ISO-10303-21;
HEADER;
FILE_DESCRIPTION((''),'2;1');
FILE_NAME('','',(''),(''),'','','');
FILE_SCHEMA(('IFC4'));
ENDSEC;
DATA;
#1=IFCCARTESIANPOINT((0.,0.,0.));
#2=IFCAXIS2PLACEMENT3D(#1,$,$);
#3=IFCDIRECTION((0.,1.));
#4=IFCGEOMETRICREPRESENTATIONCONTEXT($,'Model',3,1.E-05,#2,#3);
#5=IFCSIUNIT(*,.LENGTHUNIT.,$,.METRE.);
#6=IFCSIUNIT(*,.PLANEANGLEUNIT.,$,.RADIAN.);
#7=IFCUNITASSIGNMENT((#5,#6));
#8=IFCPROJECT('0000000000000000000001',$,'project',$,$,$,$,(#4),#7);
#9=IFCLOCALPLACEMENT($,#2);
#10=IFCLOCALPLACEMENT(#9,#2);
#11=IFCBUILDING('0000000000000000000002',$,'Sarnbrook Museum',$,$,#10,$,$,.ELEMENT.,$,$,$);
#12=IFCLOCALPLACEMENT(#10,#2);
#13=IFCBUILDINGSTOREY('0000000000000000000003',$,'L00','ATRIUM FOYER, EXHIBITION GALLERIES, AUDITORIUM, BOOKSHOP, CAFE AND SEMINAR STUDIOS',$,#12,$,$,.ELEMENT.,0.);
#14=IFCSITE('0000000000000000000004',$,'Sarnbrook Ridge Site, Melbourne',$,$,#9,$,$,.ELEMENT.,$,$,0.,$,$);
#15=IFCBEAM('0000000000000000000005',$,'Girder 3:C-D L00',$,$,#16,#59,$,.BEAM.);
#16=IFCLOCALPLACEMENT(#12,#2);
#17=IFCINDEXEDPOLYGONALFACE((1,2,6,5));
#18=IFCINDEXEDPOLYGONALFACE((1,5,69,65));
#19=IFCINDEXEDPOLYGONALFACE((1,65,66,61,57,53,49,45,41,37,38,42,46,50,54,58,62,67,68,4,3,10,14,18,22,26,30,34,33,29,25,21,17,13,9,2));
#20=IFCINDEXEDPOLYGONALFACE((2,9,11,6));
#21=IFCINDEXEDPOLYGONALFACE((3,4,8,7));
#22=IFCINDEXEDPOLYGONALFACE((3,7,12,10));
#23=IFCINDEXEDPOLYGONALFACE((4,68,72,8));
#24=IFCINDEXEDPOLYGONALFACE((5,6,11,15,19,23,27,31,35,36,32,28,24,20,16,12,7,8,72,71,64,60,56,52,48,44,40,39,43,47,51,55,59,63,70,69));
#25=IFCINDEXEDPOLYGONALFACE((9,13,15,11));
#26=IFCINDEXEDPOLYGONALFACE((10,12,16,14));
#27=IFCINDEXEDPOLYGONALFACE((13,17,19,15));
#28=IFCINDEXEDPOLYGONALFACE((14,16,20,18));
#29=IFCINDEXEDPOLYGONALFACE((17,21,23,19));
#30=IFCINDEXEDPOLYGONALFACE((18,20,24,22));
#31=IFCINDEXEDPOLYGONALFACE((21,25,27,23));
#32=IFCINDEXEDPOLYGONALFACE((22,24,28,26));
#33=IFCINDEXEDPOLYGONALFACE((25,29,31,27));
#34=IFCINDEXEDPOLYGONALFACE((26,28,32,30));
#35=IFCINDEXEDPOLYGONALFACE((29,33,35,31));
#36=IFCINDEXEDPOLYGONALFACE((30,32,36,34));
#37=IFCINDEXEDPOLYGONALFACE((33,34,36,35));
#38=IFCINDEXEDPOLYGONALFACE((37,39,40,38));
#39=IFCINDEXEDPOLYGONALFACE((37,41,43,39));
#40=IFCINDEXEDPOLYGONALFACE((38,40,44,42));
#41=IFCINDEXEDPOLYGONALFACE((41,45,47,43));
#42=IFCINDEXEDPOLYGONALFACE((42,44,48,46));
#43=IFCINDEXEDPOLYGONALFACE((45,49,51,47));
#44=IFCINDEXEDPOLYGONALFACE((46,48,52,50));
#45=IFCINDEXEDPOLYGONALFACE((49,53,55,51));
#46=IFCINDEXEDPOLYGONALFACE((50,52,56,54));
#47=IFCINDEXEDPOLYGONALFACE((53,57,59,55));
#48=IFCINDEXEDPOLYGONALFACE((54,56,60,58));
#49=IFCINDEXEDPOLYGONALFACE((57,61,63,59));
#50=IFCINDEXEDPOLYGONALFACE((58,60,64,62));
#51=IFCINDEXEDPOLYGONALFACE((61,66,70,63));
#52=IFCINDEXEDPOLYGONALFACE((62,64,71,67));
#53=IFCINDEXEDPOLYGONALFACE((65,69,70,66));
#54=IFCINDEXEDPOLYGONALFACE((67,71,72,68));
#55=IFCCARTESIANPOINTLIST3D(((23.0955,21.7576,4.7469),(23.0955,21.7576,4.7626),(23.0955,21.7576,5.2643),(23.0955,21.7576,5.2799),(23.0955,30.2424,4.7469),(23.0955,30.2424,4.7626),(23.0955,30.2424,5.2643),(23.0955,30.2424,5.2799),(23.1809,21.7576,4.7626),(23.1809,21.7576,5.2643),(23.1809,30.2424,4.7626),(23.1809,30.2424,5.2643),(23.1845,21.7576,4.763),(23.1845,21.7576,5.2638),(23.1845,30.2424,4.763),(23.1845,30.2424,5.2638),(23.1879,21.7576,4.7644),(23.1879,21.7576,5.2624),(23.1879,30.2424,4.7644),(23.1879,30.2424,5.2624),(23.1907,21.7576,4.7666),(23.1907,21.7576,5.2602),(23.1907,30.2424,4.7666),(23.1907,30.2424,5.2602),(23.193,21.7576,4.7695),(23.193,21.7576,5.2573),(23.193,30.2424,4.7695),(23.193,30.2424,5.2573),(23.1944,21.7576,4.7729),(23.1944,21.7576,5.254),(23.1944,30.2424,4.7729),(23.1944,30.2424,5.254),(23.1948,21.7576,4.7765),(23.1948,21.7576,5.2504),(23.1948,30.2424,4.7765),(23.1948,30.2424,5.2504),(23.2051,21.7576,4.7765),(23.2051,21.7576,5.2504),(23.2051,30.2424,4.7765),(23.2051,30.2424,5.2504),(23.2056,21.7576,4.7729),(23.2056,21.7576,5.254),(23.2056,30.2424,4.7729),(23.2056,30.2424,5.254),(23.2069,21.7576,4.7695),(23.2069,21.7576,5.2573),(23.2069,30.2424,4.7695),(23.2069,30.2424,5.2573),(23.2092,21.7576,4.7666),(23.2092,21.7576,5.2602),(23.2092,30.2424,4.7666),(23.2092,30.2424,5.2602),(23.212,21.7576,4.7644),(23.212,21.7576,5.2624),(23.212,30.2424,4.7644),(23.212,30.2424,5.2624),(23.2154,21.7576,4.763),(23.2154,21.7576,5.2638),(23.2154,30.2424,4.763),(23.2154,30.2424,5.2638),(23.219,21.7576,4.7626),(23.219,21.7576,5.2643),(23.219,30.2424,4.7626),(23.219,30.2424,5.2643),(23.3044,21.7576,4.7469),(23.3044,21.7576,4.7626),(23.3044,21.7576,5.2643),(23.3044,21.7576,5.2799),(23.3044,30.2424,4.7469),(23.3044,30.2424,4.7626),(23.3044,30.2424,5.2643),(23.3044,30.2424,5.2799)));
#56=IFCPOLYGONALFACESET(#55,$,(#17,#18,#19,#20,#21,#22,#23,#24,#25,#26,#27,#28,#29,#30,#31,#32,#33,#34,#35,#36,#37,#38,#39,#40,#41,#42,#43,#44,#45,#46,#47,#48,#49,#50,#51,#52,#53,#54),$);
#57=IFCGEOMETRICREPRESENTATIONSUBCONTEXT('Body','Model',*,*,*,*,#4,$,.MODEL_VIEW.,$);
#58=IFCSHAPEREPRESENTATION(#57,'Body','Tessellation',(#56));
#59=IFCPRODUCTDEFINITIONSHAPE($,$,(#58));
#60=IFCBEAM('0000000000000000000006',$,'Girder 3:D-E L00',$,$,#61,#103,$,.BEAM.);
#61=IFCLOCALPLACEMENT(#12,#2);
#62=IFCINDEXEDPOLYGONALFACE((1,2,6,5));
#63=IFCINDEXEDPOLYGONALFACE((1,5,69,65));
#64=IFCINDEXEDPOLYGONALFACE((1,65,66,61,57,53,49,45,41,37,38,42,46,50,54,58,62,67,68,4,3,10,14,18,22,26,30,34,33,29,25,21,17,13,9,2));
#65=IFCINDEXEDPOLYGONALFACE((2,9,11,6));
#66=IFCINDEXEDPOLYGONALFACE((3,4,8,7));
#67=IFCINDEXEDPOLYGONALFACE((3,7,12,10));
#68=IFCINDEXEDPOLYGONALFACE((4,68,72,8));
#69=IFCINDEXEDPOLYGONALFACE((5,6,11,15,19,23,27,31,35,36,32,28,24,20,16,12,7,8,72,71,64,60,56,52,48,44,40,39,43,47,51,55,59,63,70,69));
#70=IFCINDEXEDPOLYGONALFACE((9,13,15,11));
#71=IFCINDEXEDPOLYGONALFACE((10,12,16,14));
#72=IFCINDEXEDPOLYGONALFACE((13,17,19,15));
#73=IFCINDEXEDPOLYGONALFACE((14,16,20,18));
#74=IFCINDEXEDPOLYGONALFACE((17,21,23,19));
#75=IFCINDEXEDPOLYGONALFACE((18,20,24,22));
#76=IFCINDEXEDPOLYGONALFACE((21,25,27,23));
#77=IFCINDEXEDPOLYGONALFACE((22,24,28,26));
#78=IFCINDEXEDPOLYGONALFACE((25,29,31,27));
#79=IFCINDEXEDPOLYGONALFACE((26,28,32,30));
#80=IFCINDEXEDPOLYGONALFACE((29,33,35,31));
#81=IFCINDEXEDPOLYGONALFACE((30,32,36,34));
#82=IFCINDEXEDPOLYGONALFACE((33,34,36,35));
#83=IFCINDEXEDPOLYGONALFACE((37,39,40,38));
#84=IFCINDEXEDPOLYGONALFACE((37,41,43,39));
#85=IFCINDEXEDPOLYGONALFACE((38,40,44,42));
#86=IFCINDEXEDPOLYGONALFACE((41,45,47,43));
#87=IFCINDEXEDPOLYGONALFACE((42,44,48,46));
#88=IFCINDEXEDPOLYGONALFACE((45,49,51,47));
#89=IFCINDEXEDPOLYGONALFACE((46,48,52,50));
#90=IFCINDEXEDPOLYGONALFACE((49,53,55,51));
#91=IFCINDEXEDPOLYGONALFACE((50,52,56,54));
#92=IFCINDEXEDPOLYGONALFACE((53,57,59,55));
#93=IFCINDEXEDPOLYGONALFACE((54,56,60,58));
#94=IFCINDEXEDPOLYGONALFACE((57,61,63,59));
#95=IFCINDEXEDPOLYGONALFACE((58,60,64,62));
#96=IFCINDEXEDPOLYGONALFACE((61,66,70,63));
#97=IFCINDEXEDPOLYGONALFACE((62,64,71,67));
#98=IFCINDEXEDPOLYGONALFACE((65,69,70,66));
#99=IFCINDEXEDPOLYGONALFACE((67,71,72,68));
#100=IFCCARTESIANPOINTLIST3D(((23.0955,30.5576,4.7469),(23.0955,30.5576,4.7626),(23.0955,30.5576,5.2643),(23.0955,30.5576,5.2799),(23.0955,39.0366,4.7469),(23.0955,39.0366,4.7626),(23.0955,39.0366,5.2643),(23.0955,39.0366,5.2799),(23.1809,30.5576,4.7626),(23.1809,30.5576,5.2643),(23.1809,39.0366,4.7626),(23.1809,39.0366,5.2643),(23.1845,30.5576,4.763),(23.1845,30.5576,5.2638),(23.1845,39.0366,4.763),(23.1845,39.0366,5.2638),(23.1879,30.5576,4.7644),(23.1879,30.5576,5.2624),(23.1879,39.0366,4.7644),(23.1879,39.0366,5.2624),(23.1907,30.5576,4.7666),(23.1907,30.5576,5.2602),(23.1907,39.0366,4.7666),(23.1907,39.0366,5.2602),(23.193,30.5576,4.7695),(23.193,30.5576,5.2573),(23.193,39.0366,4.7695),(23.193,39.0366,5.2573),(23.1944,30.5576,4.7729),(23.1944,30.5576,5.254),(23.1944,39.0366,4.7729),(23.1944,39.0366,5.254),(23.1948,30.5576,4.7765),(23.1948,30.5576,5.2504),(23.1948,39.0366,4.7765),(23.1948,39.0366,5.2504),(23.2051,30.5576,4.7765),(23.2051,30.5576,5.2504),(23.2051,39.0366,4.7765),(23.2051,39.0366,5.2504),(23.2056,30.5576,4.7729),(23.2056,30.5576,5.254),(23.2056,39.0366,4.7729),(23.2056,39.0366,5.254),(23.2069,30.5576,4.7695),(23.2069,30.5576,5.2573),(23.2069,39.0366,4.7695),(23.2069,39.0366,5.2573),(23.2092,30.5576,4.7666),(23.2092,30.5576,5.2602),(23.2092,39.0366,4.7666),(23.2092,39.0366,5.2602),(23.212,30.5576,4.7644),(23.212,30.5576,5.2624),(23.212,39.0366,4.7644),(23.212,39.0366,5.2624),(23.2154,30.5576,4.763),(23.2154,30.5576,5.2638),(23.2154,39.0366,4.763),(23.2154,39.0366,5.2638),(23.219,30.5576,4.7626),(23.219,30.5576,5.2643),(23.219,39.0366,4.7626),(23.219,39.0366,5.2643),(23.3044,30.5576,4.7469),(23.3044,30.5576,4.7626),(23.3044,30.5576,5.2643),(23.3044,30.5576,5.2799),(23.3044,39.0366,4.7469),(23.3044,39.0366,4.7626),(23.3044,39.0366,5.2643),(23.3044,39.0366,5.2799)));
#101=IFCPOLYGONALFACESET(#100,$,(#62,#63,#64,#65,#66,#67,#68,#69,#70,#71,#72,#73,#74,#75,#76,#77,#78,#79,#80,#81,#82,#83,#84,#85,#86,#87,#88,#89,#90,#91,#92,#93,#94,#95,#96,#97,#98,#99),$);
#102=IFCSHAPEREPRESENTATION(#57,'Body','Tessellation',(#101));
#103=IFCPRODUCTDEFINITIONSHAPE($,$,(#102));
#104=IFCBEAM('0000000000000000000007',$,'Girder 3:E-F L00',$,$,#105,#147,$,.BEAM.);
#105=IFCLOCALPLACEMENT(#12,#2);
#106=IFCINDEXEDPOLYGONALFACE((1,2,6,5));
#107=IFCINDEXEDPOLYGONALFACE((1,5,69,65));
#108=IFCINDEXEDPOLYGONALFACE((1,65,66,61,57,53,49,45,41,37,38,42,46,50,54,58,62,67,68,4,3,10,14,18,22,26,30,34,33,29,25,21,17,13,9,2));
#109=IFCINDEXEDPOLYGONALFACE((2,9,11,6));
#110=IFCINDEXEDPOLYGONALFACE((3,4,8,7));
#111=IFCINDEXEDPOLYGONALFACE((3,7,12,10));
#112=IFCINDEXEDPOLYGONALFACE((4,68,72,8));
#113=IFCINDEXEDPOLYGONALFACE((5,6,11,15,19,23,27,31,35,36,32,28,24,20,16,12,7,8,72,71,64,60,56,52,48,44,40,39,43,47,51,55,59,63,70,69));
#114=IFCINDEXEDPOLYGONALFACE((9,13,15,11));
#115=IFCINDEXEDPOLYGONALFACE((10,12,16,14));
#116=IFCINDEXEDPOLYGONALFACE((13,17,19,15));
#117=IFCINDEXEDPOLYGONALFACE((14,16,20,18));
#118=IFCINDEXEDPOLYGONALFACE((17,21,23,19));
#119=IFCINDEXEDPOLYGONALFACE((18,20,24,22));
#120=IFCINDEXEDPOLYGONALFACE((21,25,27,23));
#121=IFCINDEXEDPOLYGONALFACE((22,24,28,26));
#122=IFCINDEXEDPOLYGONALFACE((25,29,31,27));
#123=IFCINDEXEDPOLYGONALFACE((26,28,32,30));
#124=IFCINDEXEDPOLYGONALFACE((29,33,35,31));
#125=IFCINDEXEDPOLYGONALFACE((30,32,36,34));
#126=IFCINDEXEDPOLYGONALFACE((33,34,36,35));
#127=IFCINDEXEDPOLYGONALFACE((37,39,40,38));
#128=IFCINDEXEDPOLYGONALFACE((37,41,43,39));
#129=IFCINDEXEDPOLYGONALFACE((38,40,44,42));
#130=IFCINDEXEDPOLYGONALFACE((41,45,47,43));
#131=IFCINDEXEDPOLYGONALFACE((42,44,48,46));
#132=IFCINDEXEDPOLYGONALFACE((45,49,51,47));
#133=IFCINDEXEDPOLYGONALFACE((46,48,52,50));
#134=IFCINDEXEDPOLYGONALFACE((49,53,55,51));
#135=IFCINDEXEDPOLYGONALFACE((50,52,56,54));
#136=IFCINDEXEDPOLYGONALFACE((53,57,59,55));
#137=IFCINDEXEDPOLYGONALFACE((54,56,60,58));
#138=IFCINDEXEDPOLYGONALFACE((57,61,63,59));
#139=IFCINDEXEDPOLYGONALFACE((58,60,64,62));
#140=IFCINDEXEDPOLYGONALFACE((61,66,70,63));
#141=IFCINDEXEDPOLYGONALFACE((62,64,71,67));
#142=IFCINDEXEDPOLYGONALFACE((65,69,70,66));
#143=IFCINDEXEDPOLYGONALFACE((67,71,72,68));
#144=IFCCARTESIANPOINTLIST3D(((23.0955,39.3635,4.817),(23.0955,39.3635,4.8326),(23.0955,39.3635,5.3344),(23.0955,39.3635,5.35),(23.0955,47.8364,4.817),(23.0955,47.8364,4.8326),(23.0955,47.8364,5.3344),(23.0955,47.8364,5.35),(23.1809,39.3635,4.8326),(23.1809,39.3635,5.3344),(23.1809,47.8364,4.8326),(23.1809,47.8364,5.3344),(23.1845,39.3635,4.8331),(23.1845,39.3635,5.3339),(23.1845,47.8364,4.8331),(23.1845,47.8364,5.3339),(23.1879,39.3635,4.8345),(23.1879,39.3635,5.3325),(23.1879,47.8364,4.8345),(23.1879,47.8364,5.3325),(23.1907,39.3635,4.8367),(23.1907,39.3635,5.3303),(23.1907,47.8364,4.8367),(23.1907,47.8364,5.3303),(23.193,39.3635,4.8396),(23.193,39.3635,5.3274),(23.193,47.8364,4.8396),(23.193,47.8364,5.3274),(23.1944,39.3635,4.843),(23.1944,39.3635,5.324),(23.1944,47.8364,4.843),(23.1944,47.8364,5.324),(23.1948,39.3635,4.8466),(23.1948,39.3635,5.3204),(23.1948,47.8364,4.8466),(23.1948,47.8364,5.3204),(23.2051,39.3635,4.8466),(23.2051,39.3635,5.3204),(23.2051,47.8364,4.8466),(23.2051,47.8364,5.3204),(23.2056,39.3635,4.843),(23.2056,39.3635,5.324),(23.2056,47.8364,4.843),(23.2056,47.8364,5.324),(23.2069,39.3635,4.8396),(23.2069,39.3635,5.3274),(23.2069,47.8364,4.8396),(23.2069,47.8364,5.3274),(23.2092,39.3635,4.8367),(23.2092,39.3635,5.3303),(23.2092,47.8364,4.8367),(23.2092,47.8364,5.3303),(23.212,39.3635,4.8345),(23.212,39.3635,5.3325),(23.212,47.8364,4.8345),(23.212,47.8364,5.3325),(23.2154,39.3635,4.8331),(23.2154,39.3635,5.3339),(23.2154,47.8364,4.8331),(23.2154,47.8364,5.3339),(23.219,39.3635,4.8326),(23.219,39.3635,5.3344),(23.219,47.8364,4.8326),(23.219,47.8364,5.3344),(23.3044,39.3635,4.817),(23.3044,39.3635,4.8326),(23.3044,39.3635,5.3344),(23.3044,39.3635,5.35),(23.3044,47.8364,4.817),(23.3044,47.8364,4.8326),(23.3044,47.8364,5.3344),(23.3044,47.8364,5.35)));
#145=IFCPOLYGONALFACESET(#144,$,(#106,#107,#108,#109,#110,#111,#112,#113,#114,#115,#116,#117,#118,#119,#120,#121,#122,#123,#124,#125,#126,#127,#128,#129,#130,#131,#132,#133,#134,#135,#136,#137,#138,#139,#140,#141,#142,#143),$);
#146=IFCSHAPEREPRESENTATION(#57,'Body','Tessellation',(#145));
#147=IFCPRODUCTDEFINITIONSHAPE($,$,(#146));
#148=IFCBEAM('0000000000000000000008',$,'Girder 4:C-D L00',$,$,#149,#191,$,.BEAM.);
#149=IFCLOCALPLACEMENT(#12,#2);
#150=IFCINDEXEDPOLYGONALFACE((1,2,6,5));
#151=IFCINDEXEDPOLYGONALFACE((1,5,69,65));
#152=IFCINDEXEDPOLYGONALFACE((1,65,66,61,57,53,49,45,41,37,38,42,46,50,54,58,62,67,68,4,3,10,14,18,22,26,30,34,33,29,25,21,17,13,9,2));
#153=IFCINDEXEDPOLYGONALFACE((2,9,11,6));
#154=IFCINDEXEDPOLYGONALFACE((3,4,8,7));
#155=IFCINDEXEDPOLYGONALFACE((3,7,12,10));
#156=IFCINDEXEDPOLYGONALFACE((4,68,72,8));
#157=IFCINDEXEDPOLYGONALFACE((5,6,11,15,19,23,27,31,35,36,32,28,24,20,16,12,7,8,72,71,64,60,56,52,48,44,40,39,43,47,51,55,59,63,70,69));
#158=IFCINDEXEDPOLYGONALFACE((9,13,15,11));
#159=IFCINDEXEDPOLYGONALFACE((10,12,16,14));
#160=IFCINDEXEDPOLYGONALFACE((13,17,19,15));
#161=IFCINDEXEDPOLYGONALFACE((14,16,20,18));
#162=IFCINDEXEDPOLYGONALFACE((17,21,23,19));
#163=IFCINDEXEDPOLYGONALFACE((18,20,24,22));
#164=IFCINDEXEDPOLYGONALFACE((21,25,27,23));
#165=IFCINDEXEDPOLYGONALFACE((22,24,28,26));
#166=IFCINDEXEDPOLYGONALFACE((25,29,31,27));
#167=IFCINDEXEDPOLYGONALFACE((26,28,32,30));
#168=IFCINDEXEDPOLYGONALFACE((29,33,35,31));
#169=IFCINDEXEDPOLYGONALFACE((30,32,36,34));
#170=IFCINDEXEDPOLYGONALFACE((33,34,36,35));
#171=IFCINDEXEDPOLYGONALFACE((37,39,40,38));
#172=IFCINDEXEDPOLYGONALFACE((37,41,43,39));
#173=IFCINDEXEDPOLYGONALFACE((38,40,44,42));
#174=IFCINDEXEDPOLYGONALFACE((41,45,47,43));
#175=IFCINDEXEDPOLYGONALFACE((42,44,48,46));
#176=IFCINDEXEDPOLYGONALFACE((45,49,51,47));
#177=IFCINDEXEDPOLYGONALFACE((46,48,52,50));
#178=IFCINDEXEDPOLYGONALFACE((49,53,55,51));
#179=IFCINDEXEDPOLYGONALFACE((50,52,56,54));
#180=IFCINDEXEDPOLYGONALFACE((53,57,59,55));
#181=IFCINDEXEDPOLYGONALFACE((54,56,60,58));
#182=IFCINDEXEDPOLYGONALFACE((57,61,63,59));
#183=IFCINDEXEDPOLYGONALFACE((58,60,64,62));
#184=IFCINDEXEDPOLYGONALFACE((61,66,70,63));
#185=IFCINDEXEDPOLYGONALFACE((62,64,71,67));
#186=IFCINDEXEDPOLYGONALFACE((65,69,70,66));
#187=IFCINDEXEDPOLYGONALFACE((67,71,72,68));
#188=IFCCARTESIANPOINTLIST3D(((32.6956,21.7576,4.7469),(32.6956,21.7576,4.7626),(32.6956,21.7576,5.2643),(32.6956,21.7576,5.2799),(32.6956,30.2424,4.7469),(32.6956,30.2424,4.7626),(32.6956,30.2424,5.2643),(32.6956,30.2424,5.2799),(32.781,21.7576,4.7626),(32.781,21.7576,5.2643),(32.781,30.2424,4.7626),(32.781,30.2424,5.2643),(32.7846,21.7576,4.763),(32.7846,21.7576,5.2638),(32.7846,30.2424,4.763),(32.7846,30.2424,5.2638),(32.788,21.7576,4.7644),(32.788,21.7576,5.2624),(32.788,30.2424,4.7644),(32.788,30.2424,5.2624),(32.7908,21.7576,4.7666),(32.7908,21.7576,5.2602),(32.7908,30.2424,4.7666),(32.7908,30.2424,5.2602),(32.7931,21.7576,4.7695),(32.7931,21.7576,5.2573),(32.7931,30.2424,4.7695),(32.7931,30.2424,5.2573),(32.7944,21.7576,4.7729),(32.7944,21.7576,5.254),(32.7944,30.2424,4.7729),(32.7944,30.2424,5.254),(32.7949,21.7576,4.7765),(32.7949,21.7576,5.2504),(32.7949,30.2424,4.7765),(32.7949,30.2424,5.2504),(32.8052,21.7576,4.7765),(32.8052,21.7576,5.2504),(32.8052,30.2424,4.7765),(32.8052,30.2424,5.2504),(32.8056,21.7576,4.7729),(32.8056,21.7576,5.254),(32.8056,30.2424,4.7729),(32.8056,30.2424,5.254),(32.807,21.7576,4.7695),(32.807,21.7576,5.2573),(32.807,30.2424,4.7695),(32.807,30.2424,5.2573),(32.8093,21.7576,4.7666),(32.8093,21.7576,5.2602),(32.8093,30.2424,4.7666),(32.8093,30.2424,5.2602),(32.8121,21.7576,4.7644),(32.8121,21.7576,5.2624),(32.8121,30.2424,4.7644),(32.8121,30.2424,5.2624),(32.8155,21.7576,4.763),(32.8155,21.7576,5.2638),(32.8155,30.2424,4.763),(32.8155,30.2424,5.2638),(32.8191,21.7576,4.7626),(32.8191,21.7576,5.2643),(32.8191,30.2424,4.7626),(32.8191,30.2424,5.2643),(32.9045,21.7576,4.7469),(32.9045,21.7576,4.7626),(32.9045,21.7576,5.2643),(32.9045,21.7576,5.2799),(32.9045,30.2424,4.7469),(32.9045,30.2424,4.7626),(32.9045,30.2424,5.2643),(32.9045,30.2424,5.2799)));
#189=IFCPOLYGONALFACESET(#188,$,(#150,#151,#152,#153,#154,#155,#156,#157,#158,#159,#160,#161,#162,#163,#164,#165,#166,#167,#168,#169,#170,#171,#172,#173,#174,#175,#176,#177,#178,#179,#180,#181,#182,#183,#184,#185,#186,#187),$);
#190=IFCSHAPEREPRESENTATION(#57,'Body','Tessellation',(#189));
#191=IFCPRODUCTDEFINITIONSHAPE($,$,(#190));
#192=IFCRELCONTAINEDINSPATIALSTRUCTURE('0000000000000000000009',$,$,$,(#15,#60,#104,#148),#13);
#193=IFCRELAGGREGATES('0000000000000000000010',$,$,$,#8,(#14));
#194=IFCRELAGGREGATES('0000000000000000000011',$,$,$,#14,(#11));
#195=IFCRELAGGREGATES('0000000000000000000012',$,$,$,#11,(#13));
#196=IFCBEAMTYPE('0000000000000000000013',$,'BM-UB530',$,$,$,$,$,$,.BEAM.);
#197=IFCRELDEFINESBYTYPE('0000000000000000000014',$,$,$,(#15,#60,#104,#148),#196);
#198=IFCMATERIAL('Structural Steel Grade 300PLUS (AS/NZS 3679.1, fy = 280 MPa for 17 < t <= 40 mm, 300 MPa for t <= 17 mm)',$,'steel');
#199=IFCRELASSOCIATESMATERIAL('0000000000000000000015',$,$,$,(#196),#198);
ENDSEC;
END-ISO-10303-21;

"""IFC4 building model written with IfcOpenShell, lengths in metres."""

from ifc_helpers import new_model, si_unit, direction, frame, origin, origin_2d, place, context, subcontext, project, spatial, i_section, extrude, material, material_profile, profile_set, type_object, element, save


model = new_model("IFC4")

# Units and contexts
model_context = context("Model", 3, precision=1e-05, world=origin(), true_north=direction((0.0, 1.0)))
body_context = subcontext(model_context, "Body", "Model", "MODEL_VIEW")
ifc_project = project(units=[si_unit("LENGTHUNIT", "METRE"), si_unit("PLANEANGLEUNIT", "RADIAN")], contexts=[model_context])

# Site, building, storey
site_placement = place(None, origin())
site = spatial("IfcSite", under=ifc_project, at=site_placement, Name="Sarnbrook Ridge Site, Melbourne", CompositionType="ELEMENT", RefElevation=0.0)
building_placement = place(site_placement, origin())
building = spatial("IfcBuilding", under=site, at=building_placement, Name="Sarnbrook Museum", CompositionType="ELEMENT")
storey_placement = place(building_placement, origin())
storey = spatial("IfcBuildingStorey", under=building, at=storey_placement, Name="L00", Description="ATRIUM FOYER, EXHIBITION GALLERIES, AUDITORIUM, BOOKSHOP, CAFE AND SEMINAR STUDIOS", CompositionType="ELEMENT", Elevation=0.0)

# Shared definitions
ifc_material_1 = material(Name="Structural Steel Grade 300PLUS (AS/NZS 3679.1, fy = 280 MPa for 17 < t <= 40 mm, 300 MPa for t <= 17 mm)", Category="steel")

# Beams
ifc_material_profile_1 = material_profile(ifc_material_1, i_section(OverallWidth=0.209, OverallDepth=0.533, WebThickness=0.0103, FlangeThickness=0.0156, FilletRadius=0.0139, at=origin_2d()), Name="530UB92.4")
ifc_profile_set_1 = profile_set([ifc_material_profile_1], Name="Structural Steel Grade 300PLUS (AS/NZS 3679.1, fy = 280 MPa for 17 < t <= 40 mm, 300 MPa for t <= 17 mm)")
beam_type_1 = type_object("IfcBeamType", Name="BM-UB530", PredefinedType="BEAM", material=ifc_profile_set_1)
beam_1_placement = place(storey_placement, frame((23.2, 21.7576, 5.0134), z_axis=(0.0, 1.0, 0.0), x_axis=(-1.0, 0.0, 0.0)))
element("IfcBeam", 1, at=beam_1_placement, inside=storey, type_object=beam_type_1, Name="Girder 3:C-D L00", PredefinedType="BEAM", context=body_context, shape_type="SweptSolid", body=[
    extrude(i_section(OverallWidth=0.209, OverallDepth=0.533, WebThickness=0.0103, FlangeThickness=0.0156, FilletRadius=0.0139, at=origin_2d()), origin(), (0.0, 0.0, 1.0), 8.4849),
])
beam_2_placement = place(storey_placement, frame((23.2, 30.5576, 5.0134), z_axis=(0.0, 1.0, 0.0), x_axis=(-1.0, 0.0, 0.0)))
element("IfcBeam", 2, at=beam_2_placement, inside=storey, type_object=beam_type_1, Name="Girder 3:D-E L00", PredefinedType="BEAM", context=body_context, shape_type="SweptSolid", body=[
    extrude(i_section(OverallWidth=0.209, OverallDepth=0.533, WebThickness=0.0103, FlangeThickness=0.0156, FilletRadius=0.0139, at=origin_2d()), origin(), (0.0, 0.0, 1.0), 8.479),
])
beam_3_placement = place(storey_placement, frame((23.2, 39.3635, 5.0835), z_axis=(0.0, 1.0, 0.0), x_axis=(-1.0, 0.0, 0.0)))
element("IfcBeam", 3, at=beam_3_placement, inside=storey, type_object=beam_type_1, Name="Girder 3:E-F L00", PredefinedType="BEAM", context=body_context, shape_type="SweptSolid", body=[
    extrude(i_section(OverallWidth=0.209, OverallDepth=0.533, WebThickness=0.0103, FlangeThickness=0.0156, FilletRadius=0.0139, at=origin_2d()), origin(), (0.0, 0.0, 1.0), 8.4729),
])
beam_4_placement = place(storey_placement, frame((32.8, 21.7576, 5.0134), z_axis=(0.0, 1.0, 0.0), x_axis=(-1.0, 0.0, 0.0)))
element("IfcBeam", 4, at=beam_4_placement, inside=storey, type_object=beam_type_1, Name="Girder 4:C-D L00", PredefinedType="BEAM", context=body_context, shape_type="SweptSolid", body=[
    extrude(i_section(OverallWidth=0.209, OverallDepth=0.533, WebThickness=0.0103, FlangeThickness=0.0156, FilletRadius=0.0139, at=origin_2d()), origin(), (0.0, 0.0, 1.0), 8.4849),
])

save(model, "model.ifc")
